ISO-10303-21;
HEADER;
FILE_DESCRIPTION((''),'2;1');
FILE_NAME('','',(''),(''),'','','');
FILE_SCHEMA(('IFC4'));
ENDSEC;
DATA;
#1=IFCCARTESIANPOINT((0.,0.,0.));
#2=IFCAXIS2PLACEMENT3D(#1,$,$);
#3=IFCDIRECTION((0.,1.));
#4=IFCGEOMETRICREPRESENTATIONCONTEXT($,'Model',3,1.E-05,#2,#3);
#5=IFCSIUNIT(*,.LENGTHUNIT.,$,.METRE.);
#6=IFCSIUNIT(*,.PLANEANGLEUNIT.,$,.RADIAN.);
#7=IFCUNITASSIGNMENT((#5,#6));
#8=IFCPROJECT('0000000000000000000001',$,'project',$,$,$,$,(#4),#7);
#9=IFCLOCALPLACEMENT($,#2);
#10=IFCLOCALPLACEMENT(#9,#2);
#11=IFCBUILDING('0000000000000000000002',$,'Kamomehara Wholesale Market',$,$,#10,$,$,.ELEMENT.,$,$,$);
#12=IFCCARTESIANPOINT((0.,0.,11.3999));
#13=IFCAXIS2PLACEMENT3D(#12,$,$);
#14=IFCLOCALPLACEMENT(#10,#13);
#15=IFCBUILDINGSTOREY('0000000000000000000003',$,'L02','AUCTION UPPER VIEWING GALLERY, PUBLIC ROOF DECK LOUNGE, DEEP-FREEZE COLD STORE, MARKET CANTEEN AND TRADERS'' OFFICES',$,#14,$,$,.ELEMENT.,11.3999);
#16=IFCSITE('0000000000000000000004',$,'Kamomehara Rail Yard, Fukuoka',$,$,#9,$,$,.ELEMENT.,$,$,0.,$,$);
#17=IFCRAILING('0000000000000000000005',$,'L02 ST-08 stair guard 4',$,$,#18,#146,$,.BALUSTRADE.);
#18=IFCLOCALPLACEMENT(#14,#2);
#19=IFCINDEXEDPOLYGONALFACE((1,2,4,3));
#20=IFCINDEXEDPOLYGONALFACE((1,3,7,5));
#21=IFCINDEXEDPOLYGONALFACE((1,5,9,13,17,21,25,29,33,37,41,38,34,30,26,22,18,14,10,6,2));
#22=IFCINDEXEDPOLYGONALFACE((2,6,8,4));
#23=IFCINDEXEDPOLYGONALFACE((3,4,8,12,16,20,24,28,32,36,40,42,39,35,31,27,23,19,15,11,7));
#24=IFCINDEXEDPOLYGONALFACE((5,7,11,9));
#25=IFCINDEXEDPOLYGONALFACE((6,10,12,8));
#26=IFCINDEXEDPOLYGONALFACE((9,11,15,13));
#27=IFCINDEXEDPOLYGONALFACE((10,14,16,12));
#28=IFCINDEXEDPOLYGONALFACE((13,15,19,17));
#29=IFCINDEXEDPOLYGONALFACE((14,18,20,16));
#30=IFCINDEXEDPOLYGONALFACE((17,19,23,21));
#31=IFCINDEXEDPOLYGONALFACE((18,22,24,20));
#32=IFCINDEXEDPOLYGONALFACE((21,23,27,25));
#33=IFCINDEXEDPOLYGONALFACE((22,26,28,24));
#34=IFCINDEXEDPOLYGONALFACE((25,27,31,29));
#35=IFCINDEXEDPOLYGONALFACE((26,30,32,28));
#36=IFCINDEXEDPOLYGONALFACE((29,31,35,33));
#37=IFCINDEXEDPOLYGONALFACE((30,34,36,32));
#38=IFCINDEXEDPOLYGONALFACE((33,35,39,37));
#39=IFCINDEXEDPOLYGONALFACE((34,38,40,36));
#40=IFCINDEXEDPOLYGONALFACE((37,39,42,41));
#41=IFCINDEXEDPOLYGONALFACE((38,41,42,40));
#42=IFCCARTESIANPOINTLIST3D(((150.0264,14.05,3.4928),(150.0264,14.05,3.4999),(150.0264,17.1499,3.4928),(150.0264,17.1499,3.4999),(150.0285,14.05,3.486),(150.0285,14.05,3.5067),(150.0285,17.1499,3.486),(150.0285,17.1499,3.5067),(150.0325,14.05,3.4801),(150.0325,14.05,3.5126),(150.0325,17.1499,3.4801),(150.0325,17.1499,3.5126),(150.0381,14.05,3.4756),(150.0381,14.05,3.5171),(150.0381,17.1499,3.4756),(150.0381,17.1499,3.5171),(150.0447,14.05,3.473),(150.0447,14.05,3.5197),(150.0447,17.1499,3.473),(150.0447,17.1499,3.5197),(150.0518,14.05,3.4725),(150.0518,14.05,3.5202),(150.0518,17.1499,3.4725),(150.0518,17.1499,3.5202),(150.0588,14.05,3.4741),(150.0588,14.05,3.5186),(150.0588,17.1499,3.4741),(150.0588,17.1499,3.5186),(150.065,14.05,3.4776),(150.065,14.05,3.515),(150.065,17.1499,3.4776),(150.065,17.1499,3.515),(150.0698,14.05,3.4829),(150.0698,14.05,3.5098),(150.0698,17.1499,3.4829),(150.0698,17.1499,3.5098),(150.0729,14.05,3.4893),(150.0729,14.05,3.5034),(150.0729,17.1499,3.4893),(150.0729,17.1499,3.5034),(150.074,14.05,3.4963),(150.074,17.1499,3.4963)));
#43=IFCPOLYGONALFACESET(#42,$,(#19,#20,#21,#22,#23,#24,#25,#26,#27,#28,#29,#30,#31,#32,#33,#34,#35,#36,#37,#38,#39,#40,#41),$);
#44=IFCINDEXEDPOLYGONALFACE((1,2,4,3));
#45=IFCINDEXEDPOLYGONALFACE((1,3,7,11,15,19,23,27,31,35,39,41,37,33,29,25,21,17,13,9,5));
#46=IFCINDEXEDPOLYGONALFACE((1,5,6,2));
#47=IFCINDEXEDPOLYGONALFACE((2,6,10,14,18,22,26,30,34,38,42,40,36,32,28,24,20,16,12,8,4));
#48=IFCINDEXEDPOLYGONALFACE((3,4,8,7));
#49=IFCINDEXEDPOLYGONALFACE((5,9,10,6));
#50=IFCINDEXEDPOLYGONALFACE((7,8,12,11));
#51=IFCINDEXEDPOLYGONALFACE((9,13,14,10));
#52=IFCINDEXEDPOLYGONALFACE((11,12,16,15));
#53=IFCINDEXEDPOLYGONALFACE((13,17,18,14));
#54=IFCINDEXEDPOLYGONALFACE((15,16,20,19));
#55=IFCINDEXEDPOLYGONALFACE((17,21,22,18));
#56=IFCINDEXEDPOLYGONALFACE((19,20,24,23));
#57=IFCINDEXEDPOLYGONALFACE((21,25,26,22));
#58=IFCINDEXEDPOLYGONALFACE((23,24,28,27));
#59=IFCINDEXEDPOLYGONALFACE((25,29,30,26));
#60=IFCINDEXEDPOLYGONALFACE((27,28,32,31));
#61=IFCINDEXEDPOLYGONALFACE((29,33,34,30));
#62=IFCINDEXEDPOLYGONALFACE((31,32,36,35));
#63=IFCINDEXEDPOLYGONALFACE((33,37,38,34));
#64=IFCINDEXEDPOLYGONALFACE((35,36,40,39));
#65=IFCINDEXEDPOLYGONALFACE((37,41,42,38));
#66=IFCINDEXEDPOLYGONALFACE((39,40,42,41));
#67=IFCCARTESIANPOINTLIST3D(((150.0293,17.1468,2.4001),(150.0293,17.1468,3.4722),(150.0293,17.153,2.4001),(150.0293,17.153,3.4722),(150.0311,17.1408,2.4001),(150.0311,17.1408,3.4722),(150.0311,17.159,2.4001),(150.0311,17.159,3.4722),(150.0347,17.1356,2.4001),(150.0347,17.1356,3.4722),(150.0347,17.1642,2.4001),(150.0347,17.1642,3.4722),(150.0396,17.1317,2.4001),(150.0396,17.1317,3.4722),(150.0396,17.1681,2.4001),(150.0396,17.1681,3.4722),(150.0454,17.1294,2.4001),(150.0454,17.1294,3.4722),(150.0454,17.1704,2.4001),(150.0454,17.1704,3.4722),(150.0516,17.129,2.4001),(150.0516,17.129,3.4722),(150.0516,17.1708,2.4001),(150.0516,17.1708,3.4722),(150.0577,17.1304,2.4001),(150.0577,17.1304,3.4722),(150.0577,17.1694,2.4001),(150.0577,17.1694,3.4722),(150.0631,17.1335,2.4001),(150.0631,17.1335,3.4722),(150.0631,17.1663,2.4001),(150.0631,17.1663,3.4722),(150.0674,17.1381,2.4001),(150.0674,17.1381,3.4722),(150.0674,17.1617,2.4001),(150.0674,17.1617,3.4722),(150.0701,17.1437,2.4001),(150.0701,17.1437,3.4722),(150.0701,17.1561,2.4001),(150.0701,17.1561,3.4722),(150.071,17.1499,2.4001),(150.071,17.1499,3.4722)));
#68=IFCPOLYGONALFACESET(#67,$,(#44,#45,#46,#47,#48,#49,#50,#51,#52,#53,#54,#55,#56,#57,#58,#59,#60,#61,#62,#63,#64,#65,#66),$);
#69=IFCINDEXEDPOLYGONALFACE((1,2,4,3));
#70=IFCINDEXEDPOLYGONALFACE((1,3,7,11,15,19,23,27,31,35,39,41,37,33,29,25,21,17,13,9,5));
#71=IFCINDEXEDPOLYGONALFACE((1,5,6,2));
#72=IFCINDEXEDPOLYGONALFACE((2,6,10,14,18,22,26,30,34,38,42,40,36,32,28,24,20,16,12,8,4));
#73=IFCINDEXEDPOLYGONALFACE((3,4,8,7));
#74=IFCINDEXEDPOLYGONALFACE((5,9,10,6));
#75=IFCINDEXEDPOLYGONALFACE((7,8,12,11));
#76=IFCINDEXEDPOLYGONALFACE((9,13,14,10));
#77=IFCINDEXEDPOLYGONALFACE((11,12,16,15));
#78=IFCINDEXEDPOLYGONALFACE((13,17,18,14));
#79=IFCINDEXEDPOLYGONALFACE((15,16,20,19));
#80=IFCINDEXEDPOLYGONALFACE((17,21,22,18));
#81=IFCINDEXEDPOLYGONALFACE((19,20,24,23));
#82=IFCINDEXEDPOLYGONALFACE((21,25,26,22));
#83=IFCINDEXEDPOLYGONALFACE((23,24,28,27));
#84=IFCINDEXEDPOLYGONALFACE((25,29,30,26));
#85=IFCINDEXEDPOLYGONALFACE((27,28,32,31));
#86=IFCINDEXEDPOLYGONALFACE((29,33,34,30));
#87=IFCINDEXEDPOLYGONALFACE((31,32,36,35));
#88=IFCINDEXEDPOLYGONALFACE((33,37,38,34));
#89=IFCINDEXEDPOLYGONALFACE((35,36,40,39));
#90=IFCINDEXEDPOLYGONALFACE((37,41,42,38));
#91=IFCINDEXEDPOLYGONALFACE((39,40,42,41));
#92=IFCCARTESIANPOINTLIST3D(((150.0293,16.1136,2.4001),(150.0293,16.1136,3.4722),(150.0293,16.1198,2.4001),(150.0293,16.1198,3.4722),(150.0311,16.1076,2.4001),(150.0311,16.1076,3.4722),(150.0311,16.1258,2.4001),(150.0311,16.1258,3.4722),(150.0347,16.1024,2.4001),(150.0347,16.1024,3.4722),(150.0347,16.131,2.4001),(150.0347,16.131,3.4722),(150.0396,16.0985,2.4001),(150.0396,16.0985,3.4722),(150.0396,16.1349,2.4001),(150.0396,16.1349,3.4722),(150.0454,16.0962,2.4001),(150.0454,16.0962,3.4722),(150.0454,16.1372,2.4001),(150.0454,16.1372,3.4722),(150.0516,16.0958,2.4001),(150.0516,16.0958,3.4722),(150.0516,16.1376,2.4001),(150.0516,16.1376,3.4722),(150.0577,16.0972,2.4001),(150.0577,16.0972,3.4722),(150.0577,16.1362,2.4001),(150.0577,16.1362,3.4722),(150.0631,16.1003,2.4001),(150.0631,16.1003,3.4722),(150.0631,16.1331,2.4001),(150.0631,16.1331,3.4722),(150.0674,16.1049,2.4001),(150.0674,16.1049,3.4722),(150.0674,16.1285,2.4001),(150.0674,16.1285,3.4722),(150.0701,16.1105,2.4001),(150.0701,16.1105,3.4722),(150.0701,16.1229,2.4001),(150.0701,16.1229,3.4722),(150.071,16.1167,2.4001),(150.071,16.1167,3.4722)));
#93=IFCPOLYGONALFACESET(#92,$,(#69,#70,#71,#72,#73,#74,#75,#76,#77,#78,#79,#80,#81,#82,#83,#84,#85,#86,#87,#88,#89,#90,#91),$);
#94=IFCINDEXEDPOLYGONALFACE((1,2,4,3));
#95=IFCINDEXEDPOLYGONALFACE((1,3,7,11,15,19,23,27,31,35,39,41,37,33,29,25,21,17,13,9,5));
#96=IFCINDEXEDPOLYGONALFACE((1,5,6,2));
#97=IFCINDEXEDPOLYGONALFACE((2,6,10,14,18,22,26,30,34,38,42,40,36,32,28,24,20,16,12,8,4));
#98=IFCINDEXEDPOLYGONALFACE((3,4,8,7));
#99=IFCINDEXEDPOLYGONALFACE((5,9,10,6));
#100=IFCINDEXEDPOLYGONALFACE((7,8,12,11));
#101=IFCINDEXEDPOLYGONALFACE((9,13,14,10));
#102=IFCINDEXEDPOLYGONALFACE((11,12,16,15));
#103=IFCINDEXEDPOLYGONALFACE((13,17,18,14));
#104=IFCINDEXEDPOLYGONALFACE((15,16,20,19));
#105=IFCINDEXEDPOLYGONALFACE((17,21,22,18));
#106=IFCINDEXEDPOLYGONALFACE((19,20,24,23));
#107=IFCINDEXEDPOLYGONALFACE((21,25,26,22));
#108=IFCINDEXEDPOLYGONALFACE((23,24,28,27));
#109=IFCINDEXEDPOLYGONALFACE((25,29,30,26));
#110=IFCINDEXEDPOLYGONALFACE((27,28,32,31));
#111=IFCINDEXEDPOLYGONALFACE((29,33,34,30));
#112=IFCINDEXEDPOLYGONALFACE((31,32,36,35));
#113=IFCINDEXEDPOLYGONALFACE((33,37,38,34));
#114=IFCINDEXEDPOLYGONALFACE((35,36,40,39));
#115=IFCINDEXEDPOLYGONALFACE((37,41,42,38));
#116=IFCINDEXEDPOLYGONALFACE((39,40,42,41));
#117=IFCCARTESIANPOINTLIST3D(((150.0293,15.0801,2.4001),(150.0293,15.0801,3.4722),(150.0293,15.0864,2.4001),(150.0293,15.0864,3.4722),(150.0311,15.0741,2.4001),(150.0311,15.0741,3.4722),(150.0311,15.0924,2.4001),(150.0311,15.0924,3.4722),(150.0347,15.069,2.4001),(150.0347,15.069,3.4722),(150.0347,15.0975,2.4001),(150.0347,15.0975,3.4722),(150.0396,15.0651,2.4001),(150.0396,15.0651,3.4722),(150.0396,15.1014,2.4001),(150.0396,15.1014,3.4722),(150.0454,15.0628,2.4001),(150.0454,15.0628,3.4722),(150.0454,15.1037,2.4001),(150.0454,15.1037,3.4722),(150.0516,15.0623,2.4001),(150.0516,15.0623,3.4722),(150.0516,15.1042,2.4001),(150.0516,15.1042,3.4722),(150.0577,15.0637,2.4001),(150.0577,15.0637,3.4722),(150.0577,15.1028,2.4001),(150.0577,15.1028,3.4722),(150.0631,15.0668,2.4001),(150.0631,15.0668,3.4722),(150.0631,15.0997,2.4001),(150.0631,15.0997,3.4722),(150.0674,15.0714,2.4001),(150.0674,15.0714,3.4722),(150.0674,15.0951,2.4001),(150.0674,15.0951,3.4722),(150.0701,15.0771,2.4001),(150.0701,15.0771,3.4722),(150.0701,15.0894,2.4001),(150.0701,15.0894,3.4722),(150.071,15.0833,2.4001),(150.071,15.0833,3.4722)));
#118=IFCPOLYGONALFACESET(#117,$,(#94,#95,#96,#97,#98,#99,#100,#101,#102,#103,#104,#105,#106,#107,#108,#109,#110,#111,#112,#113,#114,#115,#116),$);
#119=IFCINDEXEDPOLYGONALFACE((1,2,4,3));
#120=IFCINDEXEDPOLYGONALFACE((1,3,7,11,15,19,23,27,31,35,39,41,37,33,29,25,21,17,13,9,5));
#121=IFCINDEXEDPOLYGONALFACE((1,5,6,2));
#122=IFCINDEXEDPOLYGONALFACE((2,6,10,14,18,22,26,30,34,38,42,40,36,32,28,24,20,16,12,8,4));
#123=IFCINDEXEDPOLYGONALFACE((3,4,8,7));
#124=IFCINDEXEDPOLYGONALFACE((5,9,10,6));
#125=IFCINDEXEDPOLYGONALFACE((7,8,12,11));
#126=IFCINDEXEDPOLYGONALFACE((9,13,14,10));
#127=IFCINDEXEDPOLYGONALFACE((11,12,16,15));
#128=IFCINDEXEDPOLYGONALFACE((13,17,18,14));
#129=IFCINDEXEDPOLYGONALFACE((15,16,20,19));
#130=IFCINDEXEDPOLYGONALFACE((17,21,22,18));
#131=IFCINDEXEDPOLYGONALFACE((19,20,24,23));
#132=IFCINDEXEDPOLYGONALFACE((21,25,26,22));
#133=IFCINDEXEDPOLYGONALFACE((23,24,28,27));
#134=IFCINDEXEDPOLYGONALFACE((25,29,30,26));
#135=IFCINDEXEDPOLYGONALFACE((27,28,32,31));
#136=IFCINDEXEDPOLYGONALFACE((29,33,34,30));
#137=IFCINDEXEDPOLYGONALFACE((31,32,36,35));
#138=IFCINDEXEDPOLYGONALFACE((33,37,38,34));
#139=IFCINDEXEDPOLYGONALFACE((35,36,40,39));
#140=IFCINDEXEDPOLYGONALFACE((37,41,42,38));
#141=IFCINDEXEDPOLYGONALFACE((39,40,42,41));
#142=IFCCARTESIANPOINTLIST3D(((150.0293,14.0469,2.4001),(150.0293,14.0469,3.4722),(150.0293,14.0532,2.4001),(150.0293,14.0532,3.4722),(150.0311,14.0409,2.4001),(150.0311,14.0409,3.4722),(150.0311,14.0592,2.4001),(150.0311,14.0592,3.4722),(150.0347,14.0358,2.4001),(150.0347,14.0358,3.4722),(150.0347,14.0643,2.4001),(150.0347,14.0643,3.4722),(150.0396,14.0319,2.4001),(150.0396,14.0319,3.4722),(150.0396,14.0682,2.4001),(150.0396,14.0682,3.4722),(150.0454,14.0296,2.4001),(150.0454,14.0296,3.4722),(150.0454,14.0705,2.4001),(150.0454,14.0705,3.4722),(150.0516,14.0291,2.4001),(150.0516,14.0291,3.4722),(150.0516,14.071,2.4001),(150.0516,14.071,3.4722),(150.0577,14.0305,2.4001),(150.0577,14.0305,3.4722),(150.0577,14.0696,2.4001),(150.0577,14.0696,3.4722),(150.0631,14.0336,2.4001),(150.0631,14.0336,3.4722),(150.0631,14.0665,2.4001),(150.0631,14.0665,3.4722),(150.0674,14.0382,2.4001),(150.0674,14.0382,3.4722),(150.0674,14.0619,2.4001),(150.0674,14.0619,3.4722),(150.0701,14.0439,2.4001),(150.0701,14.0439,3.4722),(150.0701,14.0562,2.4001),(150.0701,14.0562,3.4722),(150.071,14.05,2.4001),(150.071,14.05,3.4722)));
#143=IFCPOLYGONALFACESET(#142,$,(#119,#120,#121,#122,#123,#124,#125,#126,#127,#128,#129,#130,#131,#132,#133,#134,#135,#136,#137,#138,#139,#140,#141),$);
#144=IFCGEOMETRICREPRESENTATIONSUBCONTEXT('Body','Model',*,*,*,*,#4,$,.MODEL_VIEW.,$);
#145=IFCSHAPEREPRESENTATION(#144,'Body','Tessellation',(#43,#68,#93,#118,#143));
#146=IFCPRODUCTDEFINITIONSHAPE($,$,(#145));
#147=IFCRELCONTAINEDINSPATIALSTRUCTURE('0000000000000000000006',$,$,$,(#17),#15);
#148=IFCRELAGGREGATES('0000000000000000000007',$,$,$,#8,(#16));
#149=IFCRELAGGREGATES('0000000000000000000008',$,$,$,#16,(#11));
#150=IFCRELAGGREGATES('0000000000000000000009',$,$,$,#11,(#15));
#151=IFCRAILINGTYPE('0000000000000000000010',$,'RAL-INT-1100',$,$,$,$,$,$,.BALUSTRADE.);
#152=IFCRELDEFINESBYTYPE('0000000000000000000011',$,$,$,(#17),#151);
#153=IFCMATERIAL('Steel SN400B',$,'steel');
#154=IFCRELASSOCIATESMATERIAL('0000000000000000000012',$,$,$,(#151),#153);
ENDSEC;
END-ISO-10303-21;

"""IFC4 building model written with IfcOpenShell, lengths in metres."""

from ifc_helpers import new_model, si_unit, direction, frame, origin, origin_2d, place, context, subcontext, project, spatial, circle, extrude, material, type_object, element, save


model = new_model("IFC4")

# Units and contexts
model_context = context("Model", 3, precision=1e-05, world=origin(), true_north=direction((0.0, 1.0)))
body_context = subcontext(model_context, "Body", "Model", "MODEL_VIEW")
ifc_project = project(units=[si_unit("LENGTHUNIT", "METRE"), si_unit("PLANEANGLEUNIT", "RADIAN")], contexts=[model_context])

# Site, building, storey
site_placement = place(None, origin())
site = spatial("IfcSite", under=ifc_project, at=site_placement, Name="Kamomehara Rail Yard, Fukuoka", CompositionType="ELEMENT", RefElevation=0.0)
building_placement = place(site_placement, origin())
building = spatial("IfcBuilding", under=site, at=building_placement, Name="Kamomehara Wholesale Market", CompositionType="ELEMENT")
storey_placement = place(building_placement, frame((0.0, 0.0, 11.3999)))
storey = spatial("IfcBuildingStorey", under=building, at=storey_placement, Name="L02", Description="AUCTION UPPER VIEWING GALLERY, PUBLIC ROOF DECK LOUNGE, DEEP-FREEZE COLD STORE, MARKET CANTEEN AND TRADERS' OFFICES", CompositionType="ELEMENT", Elevation=11.3999)

# Railing
ifc_material_1 = material(Name="Steel SN400B", Category="steel")
railing_type_1 = type_object("IfcRailingType", Name="RAL-INT-1100", PredefinedType="BALUSTRADE", material=ifc_material_1)
railing_1_placement = place(storey_placement, frame((150.05, 17.1499, 2.4001)))
element("IfcRailing", 1, at=railing_1_placement, inside=storey, type_object=railing_type_1, Name="L02 ST-08 stair guard 4", PredefinedType="BALUSTRADE", context=body_context, shape_type="SweptSolid", body=[
    extrude(circle(Radius=0.0239, at=origin_2d()), frame((0.0, 0.0, 1.0962), z_axis=(0.0, -1.0, 0.0), x_axis=(1.0, 0.0, 0.0)), (0.0, 0.0, 1.0), 3.0999),
    extrude(circle(Radius=0.021, at=origin_2d()), origin(), (0.0, 0.0, 1.0), 1.072),
    extrude(circle(Radius=0.021, at=origin_2d()), frame((0.0, -1.0332, 0.0)), (0.0, 0.0, 1.0), 1.072),
    extrude(circle(Radius=0.021, at=origin_2d()), frame((0.0, -2.0667, 0.0)), (0.0, 0.0, 1.0), 1.072),
    extrude(circle(Radius=0.021, at=origin_2d()), frame((0.0, -3.0999, 0.0)), (0.0, 0.0, 1.0), 1.072),
])

save(model, "model.ifc")
